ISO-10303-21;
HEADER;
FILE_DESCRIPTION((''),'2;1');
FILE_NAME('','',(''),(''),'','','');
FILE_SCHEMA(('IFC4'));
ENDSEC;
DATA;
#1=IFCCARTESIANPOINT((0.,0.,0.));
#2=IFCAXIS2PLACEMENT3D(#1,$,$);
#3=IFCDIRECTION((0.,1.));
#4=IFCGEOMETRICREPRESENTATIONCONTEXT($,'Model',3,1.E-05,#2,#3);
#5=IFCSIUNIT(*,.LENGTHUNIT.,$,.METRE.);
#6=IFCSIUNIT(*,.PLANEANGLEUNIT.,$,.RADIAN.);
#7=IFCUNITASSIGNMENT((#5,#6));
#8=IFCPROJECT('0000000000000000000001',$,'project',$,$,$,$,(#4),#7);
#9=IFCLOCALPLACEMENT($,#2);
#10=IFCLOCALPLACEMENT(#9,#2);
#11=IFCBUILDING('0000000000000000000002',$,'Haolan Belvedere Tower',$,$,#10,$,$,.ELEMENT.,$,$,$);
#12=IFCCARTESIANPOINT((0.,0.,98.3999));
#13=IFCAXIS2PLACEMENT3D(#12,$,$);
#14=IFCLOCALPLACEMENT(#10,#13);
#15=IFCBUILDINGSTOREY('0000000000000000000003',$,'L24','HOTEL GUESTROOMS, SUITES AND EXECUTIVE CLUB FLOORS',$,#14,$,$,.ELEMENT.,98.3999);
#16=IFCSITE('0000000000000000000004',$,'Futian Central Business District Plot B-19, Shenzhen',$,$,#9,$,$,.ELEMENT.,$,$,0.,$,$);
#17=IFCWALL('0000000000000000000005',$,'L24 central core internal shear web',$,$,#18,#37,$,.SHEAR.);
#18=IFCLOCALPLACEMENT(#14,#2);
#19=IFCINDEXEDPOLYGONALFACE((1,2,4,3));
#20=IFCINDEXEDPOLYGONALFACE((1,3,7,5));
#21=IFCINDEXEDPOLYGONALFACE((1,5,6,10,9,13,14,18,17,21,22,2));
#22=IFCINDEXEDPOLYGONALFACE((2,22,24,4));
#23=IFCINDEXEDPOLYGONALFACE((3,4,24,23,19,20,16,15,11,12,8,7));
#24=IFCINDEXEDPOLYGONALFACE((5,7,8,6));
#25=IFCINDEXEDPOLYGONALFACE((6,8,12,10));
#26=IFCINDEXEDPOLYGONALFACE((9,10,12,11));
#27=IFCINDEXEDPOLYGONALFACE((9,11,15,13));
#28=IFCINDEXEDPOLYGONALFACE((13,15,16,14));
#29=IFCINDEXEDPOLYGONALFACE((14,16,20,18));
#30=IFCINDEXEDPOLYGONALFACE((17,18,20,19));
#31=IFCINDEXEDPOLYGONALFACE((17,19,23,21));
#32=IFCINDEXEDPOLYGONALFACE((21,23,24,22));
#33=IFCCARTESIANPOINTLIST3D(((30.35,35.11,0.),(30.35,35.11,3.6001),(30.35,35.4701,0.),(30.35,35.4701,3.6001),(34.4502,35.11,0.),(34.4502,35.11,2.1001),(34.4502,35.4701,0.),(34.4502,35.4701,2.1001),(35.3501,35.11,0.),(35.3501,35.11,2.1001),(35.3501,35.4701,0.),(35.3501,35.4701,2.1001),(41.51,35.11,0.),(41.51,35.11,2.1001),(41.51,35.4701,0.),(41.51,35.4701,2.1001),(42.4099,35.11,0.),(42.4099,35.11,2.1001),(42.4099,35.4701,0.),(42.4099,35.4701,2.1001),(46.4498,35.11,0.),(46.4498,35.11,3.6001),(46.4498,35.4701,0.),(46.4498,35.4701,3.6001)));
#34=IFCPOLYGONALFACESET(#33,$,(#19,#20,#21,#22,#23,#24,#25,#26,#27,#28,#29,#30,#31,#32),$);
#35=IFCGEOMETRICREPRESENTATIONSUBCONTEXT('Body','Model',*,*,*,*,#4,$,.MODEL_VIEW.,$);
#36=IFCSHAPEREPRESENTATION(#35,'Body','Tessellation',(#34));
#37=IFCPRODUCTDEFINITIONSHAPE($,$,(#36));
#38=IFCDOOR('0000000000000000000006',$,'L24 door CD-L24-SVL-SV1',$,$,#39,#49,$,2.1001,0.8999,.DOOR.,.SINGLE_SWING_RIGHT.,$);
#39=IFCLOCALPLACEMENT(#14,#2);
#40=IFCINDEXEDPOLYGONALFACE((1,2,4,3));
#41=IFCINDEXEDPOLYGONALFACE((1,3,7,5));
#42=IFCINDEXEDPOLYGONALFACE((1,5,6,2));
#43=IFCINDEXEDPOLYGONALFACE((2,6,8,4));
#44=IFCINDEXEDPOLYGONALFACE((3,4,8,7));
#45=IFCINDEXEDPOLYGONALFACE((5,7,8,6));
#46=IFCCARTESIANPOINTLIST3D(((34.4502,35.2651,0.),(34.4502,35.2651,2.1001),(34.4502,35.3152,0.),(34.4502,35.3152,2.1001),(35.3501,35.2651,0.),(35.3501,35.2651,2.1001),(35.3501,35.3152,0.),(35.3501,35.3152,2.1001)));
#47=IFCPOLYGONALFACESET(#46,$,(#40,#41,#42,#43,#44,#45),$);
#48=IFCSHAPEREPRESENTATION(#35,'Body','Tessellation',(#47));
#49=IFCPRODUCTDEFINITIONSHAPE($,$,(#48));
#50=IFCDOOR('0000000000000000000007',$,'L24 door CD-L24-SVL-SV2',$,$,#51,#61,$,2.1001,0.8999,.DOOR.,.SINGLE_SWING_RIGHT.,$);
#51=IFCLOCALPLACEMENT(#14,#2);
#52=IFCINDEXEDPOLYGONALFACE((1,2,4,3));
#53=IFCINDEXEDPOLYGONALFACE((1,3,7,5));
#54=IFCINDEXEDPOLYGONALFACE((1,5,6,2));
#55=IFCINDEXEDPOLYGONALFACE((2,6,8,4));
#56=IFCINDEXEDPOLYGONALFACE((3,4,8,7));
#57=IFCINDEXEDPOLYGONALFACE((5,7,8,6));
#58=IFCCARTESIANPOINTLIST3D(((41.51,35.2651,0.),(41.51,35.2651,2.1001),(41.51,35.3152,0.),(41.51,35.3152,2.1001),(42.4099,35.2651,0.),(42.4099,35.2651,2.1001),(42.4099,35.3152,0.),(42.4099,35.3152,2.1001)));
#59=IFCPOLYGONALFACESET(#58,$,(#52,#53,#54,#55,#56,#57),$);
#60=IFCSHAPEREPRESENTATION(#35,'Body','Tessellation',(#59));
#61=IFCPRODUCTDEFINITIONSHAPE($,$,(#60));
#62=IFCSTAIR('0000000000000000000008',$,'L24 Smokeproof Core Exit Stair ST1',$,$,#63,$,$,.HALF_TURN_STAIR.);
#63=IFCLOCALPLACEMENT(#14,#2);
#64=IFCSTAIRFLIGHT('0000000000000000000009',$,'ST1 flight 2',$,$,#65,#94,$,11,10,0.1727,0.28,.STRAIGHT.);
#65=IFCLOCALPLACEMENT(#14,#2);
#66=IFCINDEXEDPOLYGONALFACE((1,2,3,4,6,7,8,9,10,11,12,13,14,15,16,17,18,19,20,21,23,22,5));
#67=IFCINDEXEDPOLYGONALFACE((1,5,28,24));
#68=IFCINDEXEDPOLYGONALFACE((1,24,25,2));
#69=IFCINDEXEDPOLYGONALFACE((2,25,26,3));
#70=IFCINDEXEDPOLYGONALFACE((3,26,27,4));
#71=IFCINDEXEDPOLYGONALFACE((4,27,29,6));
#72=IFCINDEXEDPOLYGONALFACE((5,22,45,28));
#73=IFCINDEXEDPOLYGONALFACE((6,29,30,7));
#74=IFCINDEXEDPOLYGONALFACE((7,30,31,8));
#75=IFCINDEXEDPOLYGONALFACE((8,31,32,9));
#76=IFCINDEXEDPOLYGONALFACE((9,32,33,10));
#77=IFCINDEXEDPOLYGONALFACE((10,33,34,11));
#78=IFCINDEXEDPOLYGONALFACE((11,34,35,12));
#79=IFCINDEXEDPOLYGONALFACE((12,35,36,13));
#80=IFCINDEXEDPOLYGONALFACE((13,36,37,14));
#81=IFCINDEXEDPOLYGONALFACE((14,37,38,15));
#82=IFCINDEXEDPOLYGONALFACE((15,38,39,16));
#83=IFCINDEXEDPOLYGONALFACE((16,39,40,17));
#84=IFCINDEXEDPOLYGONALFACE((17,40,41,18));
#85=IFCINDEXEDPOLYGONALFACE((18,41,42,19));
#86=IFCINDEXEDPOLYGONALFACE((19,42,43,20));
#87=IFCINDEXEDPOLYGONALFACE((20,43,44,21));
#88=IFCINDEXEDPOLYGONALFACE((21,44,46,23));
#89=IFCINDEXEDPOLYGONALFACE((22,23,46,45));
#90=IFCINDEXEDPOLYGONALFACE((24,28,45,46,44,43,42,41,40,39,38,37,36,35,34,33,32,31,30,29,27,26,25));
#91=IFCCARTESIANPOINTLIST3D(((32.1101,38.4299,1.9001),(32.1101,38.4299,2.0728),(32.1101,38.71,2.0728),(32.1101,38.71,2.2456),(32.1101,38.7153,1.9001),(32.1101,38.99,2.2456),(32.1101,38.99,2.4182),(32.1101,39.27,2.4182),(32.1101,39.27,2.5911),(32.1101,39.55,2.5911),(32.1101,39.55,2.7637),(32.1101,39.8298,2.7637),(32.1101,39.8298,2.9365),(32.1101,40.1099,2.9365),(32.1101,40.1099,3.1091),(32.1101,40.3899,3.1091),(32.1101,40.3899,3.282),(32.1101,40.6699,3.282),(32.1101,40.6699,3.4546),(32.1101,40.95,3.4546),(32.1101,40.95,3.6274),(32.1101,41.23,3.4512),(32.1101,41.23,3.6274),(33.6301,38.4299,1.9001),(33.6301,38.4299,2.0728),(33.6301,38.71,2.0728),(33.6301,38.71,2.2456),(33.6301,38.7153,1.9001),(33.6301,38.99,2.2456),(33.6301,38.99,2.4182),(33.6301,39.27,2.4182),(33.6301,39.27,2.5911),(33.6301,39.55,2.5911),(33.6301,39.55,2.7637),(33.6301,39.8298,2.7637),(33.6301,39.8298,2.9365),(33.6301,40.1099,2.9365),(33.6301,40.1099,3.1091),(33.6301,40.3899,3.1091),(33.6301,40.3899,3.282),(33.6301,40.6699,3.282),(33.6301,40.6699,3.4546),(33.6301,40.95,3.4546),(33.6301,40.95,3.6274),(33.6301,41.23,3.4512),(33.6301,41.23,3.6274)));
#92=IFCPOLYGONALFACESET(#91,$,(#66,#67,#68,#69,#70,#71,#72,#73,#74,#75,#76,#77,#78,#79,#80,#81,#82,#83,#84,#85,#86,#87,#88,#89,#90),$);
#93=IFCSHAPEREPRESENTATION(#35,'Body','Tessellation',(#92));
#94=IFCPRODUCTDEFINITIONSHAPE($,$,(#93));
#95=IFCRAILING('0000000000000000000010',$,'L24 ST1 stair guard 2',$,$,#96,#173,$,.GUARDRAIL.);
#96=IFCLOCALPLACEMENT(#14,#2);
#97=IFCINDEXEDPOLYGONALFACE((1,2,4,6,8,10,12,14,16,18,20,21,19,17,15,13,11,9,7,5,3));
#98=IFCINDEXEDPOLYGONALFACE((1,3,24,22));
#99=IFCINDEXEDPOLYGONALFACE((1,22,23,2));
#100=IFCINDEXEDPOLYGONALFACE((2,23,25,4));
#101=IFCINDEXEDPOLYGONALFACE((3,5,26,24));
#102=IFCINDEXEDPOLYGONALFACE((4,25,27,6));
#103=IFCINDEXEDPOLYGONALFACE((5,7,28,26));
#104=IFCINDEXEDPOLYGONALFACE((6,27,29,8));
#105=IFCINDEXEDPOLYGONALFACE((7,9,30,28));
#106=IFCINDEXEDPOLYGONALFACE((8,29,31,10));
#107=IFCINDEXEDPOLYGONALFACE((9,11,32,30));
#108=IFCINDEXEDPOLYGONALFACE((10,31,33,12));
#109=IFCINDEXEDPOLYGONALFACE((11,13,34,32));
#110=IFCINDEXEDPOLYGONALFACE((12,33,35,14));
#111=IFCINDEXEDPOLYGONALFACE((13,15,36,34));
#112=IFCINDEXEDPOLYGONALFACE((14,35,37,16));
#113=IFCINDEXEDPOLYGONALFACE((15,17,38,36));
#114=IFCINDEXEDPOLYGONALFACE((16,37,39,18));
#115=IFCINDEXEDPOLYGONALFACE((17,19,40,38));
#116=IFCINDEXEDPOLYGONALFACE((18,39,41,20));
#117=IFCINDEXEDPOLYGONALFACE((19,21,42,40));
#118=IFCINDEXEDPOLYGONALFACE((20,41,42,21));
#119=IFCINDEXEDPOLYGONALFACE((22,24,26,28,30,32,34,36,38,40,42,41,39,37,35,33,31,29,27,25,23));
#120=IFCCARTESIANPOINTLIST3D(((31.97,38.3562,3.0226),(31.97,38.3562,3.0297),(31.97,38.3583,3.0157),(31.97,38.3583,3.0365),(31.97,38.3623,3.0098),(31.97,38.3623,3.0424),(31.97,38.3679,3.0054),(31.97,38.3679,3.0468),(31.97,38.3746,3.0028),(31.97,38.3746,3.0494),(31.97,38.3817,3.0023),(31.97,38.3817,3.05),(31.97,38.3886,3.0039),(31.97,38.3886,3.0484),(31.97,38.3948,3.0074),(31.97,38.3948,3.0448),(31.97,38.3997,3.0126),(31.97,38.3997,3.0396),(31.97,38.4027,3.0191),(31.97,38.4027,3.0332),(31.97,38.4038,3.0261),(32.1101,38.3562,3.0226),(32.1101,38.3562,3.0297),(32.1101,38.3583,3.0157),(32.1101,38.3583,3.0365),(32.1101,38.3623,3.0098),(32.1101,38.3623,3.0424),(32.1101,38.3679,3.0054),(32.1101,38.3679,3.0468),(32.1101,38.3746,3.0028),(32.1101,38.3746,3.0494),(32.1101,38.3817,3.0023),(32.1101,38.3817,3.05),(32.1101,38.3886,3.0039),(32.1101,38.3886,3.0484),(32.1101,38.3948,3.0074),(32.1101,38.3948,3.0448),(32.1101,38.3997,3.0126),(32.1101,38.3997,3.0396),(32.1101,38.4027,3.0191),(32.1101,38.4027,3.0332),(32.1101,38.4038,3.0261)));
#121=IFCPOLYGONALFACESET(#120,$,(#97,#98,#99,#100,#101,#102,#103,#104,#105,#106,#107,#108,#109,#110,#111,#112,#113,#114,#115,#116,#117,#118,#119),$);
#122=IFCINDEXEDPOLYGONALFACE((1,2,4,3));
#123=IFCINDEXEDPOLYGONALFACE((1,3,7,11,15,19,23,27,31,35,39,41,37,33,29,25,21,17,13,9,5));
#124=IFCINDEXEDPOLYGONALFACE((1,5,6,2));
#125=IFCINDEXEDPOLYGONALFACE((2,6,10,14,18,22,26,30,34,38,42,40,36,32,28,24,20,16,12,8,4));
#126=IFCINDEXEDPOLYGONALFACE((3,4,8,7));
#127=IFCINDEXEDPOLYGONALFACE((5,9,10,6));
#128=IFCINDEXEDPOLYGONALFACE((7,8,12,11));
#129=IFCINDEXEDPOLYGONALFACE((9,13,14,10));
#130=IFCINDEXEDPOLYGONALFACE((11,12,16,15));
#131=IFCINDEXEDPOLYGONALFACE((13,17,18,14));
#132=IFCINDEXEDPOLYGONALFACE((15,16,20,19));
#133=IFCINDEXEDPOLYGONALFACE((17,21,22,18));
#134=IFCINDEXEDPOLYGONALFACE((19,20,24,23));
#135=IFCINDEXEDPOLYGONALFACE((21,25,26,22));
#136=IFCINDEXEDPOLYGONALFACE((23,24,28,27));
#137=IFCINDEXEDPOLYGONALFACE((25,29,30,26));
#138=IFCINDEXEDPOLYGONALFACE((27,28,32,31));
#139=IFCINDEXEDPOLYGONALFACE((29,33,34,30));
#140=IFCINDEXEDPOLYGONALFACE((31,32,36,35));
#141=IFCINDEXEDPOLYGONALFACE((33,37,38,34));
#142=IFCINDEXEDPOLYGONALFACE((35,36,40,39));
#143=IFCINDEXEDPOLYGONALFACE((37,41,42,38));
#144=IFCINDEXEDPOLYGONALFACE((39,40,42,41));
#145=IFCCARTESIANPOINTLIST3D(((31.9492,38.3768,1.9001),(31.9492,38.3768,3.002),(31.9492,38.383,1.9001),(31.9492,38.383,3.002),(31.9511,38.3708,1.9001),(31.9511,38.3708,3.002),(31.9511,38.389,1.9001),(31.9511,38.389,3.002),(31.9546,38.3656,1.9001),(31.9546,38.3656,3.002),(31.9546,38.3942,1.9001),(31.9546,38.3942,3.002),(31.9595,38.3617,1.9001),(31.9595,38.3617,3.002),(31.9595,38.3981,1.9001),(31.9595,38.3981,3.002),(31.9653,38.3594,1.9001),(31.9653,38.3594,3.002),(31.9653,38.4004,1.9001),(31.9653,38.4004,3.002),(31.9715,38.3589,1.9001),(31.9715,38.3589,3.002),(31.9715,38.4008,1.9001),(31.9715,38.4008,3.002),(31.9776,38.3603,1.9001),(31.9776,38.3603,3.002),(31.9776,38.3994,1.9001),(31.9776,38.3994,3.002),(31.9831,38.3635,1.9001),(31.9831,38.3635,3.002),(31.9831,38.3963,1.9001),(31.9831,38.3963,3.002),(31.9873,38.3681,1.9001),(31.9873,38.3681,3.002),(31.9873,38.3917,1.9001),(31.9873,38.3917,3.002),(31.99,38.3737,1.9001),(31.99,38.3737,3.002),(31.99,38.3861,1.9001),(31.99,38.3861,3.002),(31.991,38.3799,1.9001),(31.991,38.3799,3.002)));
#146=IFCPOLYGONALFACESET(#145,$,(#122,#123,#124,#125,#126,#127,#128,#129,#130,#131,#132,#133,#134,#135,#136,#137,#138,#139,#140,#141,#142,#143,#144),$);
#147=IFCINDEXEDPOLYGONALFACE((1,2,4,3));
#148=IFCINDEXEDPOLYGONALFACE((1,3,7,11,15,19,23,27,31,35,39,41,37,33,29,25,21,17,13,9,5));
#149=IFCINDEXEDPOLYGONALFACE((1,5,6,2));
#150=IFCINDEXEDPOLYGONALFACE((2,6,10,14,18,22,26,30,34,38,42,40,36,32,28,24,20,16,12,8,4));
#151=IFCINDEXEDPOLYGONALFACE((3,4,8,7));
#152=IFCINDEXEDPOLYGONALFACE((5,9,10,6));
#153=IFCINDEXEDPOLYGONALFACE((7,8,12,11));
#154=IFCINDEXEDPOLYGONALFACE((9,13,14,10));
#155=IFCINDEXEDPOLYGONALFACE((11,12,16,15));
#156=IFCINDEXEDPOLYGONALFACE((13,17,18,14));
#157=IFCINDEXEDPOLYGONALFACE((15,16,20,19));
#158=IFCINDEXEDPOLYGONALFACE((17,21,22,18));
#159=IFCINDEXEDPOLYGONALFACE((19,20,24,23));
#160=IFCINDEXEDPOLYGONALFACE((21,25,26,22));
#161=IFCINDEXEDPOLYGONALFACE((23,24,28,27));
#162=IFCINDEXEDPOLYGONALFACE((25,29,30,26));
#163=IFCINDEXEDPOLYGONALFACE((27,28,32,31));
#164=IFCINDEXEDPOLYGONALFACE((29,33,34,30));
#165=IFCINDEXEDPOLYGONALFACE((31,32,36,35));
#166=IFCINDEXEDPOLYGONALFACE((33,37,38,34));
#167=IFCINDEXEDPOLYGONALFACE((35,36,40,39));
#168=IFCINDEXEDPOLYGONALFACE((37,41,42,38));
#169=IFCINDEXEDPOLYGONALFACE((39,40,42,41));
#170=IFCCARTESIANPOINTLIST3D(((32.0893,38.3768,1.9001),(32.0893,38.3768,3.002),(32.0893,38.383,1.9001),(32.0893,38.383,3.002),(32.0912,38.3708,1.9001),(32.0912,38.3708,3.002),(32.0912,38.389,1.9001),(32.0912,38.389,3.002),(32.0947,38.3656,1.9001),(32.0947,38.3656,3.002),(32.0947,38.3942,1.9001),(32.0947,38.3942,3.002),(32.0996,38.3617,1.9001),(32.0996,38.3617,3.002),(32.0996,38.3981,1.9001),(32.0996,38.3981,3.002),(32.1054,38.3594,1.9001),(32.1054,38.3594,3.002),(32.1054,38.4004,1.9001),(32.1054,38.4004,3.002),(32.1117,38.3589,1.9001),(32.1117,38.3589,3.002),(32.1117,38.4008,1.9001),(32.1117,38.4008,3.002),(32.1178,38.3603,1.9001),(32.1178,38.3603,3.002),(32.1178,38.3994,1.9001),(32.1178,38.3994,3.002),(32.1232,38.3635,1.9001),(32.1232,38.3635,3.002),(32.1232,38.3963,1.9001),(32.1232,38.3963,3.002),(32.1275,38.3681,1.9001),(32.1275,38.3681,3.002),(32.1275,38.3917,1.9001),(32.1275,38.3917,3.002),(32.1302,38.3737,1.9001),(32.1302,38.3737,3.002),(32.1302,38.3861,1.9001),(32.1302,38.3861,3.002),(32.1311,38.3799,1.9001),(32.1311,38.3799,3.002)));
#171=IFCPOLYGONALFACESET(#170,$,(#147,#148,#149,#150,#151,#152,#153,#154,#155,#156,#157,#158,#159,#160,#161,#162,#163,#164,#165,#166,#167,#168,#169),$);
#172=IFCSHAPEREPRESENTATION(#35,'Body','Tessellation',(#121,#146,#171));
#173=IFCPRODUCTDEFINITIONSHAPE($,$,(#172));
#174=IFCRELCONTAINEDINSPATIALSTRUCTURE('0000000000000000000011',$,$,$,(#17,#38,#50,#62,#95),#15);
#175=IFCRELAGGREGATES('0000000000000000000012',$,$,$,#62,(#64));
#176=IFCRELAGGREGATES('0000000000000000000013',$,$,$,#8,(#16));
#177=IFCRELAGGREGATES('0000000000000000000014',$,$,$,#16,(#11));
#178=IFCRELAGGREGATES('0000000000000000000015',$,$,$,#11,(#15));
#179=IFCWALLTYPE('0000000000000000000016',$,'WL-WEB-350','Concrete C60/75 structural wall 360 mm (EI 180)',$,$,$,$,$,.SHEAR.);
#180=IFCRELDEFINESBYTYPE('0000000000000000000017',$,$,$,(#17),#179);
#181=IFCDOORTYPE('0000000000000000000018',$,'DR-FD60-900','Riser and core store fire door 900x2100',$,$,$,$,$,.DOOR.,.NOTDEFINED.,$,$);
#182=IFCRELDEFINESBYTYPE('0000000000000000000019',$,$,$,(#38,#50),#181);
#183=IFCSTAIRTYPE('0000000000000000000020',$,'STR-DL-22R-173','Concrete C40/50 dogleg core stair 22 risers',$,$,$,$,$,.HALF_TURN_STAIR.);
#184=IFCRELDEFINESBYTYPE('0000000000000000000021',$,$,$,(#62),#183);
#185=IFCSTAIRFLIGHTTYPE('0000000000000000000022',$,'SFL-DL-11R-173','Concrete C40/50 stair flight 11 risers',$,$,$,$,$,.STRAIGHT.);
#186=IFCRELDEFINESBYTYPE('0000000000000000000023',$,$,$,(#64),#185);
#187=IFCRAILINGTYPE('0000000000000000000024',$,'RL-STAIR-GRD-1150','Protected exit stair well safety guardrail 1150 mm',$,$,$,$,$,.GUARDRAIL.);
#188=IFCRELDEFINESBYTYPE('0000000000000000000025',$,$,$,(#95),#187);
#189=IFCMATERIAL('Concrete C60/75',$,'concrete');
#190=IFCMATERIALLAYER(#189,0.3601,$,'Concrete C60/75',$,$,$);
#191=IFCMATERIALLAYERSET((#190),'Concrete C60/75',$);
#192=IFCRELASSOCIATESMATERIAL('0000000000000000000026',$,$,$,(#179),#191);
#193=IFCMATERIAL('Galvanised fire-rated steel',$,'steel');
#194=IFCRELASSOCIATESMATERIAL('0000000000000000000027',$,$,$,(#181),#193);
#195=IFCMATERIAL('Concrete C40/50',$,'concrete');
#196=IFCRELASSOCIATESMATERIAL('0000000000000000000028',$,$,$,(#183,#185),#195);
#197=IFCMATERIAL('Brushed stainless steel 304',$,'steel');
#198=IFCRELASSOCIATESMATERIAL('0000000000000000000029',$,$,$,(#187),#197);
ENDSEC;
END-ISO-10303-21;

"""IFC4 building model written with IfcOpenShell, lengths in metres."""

from ifc_helpers import new_model, si_unit, direction, frame, frame_2d, origin, origin_2d, place, context, subcontext, project, spatial, polyline, rectangle, circle, outline, extrude, material, layer, layer_set, type_object, element, fill, aggregate, save


model = new_model("IFC4")

# Units and contexts
model_context = context("Model", 3, precision=1e-05, world=origin(), true_north=direction((0.0, 1.0)))
body_context = subcontext(model_context, "Body", "Model", "MODEL_VIEW")
ifc_project = project(units=[si_unit("LENGTHUNIT", "METRE"), si_unit("PLANEANGLEUNIT", "RADIAN")], contexts=[model_context])

# Site, building, storey
site_placement = place(None, origin())
site = spatial("IfcSite", under=ifc_project, at=site_placement, Name="Futian Central Business District Plot B-19, Shenzhen", CompositionType="ELEMENT", RefElevation=0.0)
building_placement = place(site_placement, origin())
building = spatial("IfcBuilding", under=site, at=building_placement, Name="Haolan Belvedere Tower", CompositionType="ELEMENT")
storey_placement = place(building_placement, frame((0.0, 0.0, 98.3999)))
storey = spatial("IfcBuildingStorey", under=building, at=storey_placement, Name="L24", Description="HOTEL GUESTROOMS, SUITES AND EXECUTIVE CLUB FLOORS", CompositionType="ELEMENT", Elevation=98.3999)

# Wall, openings, doors
ifc_material_1 = material(Name="Concrete C60/75", Category="concrete")
ifc_layer_1 = layer(ifc_material_1, 0.3601, Name="Concrete C60/75")
ifc_layer_set_1 = layer_set([ifc_layer_1], Name="Concrete C60/75")
wall_type_1 = type_object("IfcWallType", Name="WL-WEB-350", Description="Concrete C60/75 structural wall 360 mm (EI 180)", PredefinedType="SHEAR", material=ifc_layer_set_1)
wall_1_placement = place(storey_placement, frame((30.3501, 35.29, 0.0), z_axis=(0.0, 0.0, 1.0), x_axis=(1.0, 0.0, 0.0)))
wall_1 = element("IfcWall", 1, at=wall_1_placement, inside=storey, type_object=wall_type_1, Name="L24 central core internal shear web", PredefinedType="SHEAR", context=body_context, shape_type="SweptSolid", body=[
    extrude(rectangle(XDim=16.0999, YDim=0.3601, at=frame_2d((8.0498, 0.0))), origin(), (0.0, 0.0, 1.0), 3.6001),
])
opening_1_placement = place(wall_1_placement, frame((5.0, 0.0, 0.0), z_axis=(0.0, 0.0, 1.0), x_axis=(-1.0, 0.0, 0.0)))
opening_1 = element("IfcOpeningElement", 2, at=opening_1_placement, cuts=wall_1, PredefinedType="OPENING", context=body_context, shape_type="SweptSolid", body=[
    extrude(rectangle(XDim=0.8999, YDim=2.1001, at=frame_2d((0.45, 1.05))), frame((0.0, 0.1899, 0.0), z_axis=(0.0, -1.0, 0.0), x_axis=(1.0, 0.0, 0.0)), (0.0, 0.0, 1.0), 0.3801),
])
opening_2_placement = place(wall_1_placement, frame((12.0598, 0.0, 0.0), z_axis=(0.0, 0.0, 1.0), x_axis=(-1.0, 0.0, 0.0)))
opening_2 = element("IfcOpeningElement", 3, at=opening_2_placement, cuts=wall_1, PredefinedType="OPENING", context=body_context, shape_type="SweptSolid", body=[
    extrude(rectangle(XDim=0.8999, YDim=2.1001, at=frame_2d((0.45, 1.05))), frame((0.0, 0.1899, 0.0), z_axis=(0.0, -1.0, 0.0), x_axis=(1.0, 0.0, 0.0)), (0.0, 0.0, 1.0), 0.3801),
])
ifc_material_2 = material(Name="Galvanised fire-rated steel", Category="steel")
door_type_1 = type_object("IfcDoorType", Name="DR-FD60-900", Description="Riser and core store fire door 900x2100", OperationType="NOTDEFINED", PredefinedType="DOOR", material=ifc_material_2)
door_1_placement = place(opening_1_placement, origin())
door_1 = element("IfcDoor", 4, at=door_1_placement, inside=storey, type_object=door_type_1, Name="L24 door CD-L24-SVL-SV1", OperationType="SINGLE_SWING_RIGHT", OverallHeight=2.1001, OverallWidth=0.8999, PredefinedType="DOOR", context=body_context, shape_type="SweptSolid", body=[
    extrude(rectangle(XDim=0.8999, YDim=2.1001, at=frame_2d((0.45, 1.05))), frame((0.0, 0.0249, 0.0), z_axis=(0.0, -1.0, 0.0), x_axis=(1.0, 0.0, 0.0)), (0.0, 0.0, 1.0), 0.05),
])
fill(opening_1, door_1)
door_2_placement = place(opening_2_placement, origin())
door_2 = element("IfcDoor", 5, at=door_2_placement, inside=storey, type_object=door_type_1, Name="L24 door CD-L24-SVL-SV2", OperationType="SINGLE_SWING_RIGHT", OverallHeight=2.1001, OverallWidth=0.8999, PredefinedType="DOOR", context=body_context, shape_type="SweptSolid", body=[
    extrude(rectangle(XDim=0.8999, YDim=2.1001, at=frame_2d((0.45, 1.05))), frame((0.0, 0.0249, 0.0), z_axis=(0.0, -1.0, 0.0), x_axis=(1.0, 0.0, 0.0)), (0.0, 0.0, 1.0), 0.05),
])
fill(opening_2, door_2)

# Stair, stair flight
ifc_material_3 = material(Name="Concrete C40/50", Category="concrete")
stair_type = type_object("IfcStairType", Name="STR-DL-22R-173", Description="Concrete C40/50 dogleg core stair 22 risers", PredefinedType="HALF_TURN_STAIR", material=ifc_material_3)
stair_placement = place(storey_placement, origin())
stair = element("IfcStair", 6, at=stair_placement, inside=storey, type_object=stair_type, Name="L24 Smokeproof Core Exit Stair ST1", PredefinedType="HALF_TURN_STAIR")
stair_flight_type = type_object("IfcStairFlightType", Name="SFL-DL-11R-173", Description="Concrete C40/50 stair flight 11 risers", PredefinedType="STRAIGHT", material=ifc_material_3)
stair_flight_placement = place(storey_placement, frame((32.8701, 38.4299, 1.9001), z_axis=(0.0, 0.0, 1.0), x_axis=(0.0, 1.0, 0.0)))
stair_flight = element("IfcStairFlight", 7, at=stair_flight_placement, type_object=stair_flight_type, Name="ST1 flight 2", NumberOfRisers=11, NumberOfTreads=10, PredefinedType="STRAIGHT", RiserHeight=0.1727, TreadLength=0.28, context=body_context, shape_type="SweptSolid", body=[
    extrude(outline(polyline([(0.0, 0.0), (0.0, 0.1726), (0.28, 0.1726), (0.28, 0.3455), (0.5601, 0.3455), (0.5601, 0.5181), (0.8401, 0.5181), (0.8401, 0.6909), (1.1201, 0.6909), (1.1201, 0.8635), (1.3999, 0.8635), (1.3999, 1.0364), (1.6799, 1.0364), (1.6799, 1.209), (1.96, 1.209), (1.96, 1.3818), (2.24, 1.3818), (2.24, 1.5544), (2.52, 1.5544), (2.52, 1.7273), (2.8, 1.7273), (2.8, 1.8999), (2.8, 1.551), (0.2854, 0.0), (0.0, 0.0)])), frame((0.0, 0.76, 0.0), z_axis=(0.0, -1.0, 0.0), x_axis=(1.0, 0.0, 0.0)), (0.0, 0.0, 1.0), 1.52),
])
aggregate(stair, [stair_flight])

# Railing
ifc_material_4 = material(Name="Brushed stainless steel 304", Category="steel")
railing_type_1 = type_object("IfcRailingType", Name="RL-STAIR-GRD-1150", Description="Protected exit stair well safety guardrail 1150 mm", PredefinedType="GUARDRAIL", material=ifc_material_4)
railing_1_placement = place(storey_placement, frame((31.97, 38.3799, 1.9001)))
element("IfcRailing", 8, at=railing_1_placement, inside=storey, type_object=railing_type_1, Name="L24 ST1 stair guard 2", PredefinedType="GUARDRAIL", context=body_context, shape_type="SweptSolid", body=[
    extrude(circle(Radius=0.0239, at=origin_2d()), frame((0.0, 0.0, 1.126), z_axis=(1.0, 0.0, 0.0), x_axis=(0.0, 1.0, 0.0)), (0.0, 0.0, 1.0), 0.1401),
    extrude(circle(Radius=0.021, at=origin_2d()), origin(), (0.0, 0.0, 1.0), 1.1018),
    extrude(circle(Radius=0.021, at=origin_2d()), frame((0.1401, 0.0, 0.0)), (0.0, 0.0, 1.0), 1.1018),
])

save(model, "model.ifc")
